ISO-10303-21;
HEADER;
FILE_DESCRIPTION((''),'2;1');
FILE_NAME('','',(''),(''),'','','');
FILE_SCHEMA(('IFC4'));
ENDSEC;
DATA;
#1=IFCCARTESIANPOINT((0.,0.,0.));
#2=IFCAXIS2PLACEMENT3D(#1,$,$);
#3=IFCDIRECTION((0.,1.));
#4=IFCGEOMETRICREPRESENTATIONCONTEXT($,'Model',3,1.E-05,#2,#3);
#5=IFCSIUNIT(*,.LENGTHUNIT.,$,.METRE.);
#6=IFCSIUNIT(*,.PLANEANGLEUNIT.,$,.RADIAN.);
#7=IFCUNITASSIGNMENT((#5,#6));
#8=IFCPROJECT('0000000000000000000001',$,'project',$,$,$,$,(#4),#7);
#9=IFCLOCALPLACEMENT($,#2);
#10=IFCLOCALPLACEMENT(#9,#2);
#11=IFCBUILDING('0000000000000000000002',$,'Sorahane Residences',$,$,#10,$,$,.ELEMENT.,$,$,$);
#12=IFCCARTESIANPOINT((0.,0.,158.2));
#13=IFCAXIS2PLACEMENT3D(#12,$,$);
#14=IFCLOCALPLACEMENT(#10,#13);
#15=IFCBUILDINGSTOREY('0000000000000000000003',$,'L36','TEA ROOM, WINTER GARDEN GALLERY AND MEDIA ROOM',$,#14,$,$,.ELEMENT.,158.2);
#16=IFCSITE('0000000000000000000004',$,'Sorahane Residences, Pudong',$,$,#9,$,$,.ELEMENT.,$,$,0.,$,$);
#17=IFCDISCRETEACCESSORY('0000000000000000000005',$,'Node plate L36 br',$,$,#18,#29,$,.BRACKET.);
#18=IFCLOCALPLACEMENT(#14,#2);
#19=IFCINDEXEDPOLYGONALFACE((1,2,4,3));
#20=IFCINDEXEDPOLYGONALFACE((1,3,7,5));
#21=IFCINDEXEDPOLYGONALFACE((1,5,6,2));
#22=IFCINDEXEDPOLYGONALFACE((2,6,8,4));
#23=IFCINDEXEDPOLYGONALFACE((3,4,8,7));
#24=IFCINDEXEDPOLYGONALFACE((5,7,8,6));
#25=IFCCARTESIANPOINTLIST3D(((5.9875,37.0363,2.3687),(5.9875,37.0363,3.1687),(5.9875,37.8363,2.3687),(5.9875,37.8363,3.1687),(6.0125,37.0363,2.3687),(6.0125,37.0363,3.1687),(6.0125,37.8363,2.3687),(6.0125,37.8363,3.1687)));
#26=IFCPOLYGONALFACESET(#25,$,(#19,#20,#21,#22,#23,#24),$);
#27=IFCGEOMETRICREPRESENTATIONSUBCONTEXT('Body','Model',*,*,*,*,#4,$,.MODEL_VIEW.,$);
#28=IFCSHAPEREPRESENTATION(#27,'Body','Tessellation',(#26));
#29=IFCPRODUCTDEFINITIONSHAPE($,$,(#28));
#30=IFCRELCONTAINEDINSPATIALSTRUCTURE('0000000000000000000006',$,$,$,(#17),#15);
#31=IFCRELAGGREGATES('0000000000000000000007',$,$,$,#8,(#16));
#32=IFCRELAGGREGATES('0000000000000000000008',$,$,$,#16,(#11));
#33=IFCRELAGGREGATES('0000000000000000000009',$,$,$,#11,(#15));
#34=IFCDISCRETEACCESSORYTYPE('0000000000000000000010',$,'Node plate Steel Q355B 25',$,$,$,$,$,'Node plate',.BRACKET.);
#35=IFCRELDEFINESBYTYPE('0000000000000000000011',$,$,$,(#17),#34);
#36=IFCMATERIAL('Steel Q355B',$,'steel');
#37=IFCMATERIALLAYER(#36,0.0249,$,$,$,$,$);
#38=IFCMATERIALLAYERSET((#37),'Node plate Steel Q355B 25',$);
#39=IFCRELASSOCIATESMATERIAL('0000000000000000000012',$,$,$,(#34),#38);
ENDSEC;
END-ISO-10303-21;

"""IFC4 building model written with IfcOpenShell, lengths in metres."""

from ifc_helpers import new_model, si_unit, direction, frame, origin, origin_2d, place, context, subcontext, project, spatial, rectangle, extrude, material, layer, layer_set, type_object, element, save


model = new_model("IFC4")

# Units and contexts
model_context = context("Model", 3, precision=1e-05, world=origin(), true_north=direction((0.0, 1.0)))
body_context = subcontext(model_context, "Body", "Model", "MODEL_VIEW")
ifc_project = project(units=[si_unit("LENGTHUNIT", "METRE"), si_unit("PLANEANGLEUNIT", "RADIAN")], contexts=[model_context])

# Site, building, storey
site_placement = place(None, origin())
site = spatial("IfcSite", under=ifc_project, at=site_placement, Name="Sorahane Residences, Pudong", CompositionType="ELEMENT", RefElevation=0.0)
building_placement = place(site_placement, origin())
building = spatial("IfcBuilding", under=site, at=building_placement, Name="Sorahane Residences", CompositionType="ELEMENT")
storey_placement = place(building_placement, frame((0.0, 0.0, 158.2)))
storey = spatial("IfcBuildingStorey", under=building, at=storey_placement, Name="L36", Description="TEA ROOM, WINTER GARDEN GALLERY AND MEDIA ROOM", CompositionType="ELEMENT", Elevation=158.2)

# Discrete accessory
ifc_material_1 = material(Name="Steel Q355B", Category="steel")
ifc_layer_1 = layer(ifc_material_1, 0.0249)
ifc_layer_set_1 = layer_set([ifc_layer_1], Name="Node plate Steel Q355B 25")
discrete_accessory_type = type_object("IfcDiscreteAccessoryType", Name="Node plate Steel Q355B 25", ElementType="Node plate", PredefinedType="BRACKET", material=ifc_layer_set_1)
discrete_accessory_placement = place(storey_placement, frame((6.0, 37.4363, 2.3687), z_axis=(0.0, 0.0, 1.0), x_axis=(0.0, 1.0, 0.0)))
element("IfcDiscreteAccessory", 1, at=discrete_accessory_placement, inside=storey, type_object=discrete_accessory_type, Name="Node plate L36 br", PredefinedType="BRACKET", context=body_context, shape_type="SweptSolid", body=[
    extrude(rectangle(XDim=0.8, YDim=0.0249, at=origin_2d()), origin(), (0.0, 0.0, 1.0), 0.8),
])

save(model, "model.ifc")
